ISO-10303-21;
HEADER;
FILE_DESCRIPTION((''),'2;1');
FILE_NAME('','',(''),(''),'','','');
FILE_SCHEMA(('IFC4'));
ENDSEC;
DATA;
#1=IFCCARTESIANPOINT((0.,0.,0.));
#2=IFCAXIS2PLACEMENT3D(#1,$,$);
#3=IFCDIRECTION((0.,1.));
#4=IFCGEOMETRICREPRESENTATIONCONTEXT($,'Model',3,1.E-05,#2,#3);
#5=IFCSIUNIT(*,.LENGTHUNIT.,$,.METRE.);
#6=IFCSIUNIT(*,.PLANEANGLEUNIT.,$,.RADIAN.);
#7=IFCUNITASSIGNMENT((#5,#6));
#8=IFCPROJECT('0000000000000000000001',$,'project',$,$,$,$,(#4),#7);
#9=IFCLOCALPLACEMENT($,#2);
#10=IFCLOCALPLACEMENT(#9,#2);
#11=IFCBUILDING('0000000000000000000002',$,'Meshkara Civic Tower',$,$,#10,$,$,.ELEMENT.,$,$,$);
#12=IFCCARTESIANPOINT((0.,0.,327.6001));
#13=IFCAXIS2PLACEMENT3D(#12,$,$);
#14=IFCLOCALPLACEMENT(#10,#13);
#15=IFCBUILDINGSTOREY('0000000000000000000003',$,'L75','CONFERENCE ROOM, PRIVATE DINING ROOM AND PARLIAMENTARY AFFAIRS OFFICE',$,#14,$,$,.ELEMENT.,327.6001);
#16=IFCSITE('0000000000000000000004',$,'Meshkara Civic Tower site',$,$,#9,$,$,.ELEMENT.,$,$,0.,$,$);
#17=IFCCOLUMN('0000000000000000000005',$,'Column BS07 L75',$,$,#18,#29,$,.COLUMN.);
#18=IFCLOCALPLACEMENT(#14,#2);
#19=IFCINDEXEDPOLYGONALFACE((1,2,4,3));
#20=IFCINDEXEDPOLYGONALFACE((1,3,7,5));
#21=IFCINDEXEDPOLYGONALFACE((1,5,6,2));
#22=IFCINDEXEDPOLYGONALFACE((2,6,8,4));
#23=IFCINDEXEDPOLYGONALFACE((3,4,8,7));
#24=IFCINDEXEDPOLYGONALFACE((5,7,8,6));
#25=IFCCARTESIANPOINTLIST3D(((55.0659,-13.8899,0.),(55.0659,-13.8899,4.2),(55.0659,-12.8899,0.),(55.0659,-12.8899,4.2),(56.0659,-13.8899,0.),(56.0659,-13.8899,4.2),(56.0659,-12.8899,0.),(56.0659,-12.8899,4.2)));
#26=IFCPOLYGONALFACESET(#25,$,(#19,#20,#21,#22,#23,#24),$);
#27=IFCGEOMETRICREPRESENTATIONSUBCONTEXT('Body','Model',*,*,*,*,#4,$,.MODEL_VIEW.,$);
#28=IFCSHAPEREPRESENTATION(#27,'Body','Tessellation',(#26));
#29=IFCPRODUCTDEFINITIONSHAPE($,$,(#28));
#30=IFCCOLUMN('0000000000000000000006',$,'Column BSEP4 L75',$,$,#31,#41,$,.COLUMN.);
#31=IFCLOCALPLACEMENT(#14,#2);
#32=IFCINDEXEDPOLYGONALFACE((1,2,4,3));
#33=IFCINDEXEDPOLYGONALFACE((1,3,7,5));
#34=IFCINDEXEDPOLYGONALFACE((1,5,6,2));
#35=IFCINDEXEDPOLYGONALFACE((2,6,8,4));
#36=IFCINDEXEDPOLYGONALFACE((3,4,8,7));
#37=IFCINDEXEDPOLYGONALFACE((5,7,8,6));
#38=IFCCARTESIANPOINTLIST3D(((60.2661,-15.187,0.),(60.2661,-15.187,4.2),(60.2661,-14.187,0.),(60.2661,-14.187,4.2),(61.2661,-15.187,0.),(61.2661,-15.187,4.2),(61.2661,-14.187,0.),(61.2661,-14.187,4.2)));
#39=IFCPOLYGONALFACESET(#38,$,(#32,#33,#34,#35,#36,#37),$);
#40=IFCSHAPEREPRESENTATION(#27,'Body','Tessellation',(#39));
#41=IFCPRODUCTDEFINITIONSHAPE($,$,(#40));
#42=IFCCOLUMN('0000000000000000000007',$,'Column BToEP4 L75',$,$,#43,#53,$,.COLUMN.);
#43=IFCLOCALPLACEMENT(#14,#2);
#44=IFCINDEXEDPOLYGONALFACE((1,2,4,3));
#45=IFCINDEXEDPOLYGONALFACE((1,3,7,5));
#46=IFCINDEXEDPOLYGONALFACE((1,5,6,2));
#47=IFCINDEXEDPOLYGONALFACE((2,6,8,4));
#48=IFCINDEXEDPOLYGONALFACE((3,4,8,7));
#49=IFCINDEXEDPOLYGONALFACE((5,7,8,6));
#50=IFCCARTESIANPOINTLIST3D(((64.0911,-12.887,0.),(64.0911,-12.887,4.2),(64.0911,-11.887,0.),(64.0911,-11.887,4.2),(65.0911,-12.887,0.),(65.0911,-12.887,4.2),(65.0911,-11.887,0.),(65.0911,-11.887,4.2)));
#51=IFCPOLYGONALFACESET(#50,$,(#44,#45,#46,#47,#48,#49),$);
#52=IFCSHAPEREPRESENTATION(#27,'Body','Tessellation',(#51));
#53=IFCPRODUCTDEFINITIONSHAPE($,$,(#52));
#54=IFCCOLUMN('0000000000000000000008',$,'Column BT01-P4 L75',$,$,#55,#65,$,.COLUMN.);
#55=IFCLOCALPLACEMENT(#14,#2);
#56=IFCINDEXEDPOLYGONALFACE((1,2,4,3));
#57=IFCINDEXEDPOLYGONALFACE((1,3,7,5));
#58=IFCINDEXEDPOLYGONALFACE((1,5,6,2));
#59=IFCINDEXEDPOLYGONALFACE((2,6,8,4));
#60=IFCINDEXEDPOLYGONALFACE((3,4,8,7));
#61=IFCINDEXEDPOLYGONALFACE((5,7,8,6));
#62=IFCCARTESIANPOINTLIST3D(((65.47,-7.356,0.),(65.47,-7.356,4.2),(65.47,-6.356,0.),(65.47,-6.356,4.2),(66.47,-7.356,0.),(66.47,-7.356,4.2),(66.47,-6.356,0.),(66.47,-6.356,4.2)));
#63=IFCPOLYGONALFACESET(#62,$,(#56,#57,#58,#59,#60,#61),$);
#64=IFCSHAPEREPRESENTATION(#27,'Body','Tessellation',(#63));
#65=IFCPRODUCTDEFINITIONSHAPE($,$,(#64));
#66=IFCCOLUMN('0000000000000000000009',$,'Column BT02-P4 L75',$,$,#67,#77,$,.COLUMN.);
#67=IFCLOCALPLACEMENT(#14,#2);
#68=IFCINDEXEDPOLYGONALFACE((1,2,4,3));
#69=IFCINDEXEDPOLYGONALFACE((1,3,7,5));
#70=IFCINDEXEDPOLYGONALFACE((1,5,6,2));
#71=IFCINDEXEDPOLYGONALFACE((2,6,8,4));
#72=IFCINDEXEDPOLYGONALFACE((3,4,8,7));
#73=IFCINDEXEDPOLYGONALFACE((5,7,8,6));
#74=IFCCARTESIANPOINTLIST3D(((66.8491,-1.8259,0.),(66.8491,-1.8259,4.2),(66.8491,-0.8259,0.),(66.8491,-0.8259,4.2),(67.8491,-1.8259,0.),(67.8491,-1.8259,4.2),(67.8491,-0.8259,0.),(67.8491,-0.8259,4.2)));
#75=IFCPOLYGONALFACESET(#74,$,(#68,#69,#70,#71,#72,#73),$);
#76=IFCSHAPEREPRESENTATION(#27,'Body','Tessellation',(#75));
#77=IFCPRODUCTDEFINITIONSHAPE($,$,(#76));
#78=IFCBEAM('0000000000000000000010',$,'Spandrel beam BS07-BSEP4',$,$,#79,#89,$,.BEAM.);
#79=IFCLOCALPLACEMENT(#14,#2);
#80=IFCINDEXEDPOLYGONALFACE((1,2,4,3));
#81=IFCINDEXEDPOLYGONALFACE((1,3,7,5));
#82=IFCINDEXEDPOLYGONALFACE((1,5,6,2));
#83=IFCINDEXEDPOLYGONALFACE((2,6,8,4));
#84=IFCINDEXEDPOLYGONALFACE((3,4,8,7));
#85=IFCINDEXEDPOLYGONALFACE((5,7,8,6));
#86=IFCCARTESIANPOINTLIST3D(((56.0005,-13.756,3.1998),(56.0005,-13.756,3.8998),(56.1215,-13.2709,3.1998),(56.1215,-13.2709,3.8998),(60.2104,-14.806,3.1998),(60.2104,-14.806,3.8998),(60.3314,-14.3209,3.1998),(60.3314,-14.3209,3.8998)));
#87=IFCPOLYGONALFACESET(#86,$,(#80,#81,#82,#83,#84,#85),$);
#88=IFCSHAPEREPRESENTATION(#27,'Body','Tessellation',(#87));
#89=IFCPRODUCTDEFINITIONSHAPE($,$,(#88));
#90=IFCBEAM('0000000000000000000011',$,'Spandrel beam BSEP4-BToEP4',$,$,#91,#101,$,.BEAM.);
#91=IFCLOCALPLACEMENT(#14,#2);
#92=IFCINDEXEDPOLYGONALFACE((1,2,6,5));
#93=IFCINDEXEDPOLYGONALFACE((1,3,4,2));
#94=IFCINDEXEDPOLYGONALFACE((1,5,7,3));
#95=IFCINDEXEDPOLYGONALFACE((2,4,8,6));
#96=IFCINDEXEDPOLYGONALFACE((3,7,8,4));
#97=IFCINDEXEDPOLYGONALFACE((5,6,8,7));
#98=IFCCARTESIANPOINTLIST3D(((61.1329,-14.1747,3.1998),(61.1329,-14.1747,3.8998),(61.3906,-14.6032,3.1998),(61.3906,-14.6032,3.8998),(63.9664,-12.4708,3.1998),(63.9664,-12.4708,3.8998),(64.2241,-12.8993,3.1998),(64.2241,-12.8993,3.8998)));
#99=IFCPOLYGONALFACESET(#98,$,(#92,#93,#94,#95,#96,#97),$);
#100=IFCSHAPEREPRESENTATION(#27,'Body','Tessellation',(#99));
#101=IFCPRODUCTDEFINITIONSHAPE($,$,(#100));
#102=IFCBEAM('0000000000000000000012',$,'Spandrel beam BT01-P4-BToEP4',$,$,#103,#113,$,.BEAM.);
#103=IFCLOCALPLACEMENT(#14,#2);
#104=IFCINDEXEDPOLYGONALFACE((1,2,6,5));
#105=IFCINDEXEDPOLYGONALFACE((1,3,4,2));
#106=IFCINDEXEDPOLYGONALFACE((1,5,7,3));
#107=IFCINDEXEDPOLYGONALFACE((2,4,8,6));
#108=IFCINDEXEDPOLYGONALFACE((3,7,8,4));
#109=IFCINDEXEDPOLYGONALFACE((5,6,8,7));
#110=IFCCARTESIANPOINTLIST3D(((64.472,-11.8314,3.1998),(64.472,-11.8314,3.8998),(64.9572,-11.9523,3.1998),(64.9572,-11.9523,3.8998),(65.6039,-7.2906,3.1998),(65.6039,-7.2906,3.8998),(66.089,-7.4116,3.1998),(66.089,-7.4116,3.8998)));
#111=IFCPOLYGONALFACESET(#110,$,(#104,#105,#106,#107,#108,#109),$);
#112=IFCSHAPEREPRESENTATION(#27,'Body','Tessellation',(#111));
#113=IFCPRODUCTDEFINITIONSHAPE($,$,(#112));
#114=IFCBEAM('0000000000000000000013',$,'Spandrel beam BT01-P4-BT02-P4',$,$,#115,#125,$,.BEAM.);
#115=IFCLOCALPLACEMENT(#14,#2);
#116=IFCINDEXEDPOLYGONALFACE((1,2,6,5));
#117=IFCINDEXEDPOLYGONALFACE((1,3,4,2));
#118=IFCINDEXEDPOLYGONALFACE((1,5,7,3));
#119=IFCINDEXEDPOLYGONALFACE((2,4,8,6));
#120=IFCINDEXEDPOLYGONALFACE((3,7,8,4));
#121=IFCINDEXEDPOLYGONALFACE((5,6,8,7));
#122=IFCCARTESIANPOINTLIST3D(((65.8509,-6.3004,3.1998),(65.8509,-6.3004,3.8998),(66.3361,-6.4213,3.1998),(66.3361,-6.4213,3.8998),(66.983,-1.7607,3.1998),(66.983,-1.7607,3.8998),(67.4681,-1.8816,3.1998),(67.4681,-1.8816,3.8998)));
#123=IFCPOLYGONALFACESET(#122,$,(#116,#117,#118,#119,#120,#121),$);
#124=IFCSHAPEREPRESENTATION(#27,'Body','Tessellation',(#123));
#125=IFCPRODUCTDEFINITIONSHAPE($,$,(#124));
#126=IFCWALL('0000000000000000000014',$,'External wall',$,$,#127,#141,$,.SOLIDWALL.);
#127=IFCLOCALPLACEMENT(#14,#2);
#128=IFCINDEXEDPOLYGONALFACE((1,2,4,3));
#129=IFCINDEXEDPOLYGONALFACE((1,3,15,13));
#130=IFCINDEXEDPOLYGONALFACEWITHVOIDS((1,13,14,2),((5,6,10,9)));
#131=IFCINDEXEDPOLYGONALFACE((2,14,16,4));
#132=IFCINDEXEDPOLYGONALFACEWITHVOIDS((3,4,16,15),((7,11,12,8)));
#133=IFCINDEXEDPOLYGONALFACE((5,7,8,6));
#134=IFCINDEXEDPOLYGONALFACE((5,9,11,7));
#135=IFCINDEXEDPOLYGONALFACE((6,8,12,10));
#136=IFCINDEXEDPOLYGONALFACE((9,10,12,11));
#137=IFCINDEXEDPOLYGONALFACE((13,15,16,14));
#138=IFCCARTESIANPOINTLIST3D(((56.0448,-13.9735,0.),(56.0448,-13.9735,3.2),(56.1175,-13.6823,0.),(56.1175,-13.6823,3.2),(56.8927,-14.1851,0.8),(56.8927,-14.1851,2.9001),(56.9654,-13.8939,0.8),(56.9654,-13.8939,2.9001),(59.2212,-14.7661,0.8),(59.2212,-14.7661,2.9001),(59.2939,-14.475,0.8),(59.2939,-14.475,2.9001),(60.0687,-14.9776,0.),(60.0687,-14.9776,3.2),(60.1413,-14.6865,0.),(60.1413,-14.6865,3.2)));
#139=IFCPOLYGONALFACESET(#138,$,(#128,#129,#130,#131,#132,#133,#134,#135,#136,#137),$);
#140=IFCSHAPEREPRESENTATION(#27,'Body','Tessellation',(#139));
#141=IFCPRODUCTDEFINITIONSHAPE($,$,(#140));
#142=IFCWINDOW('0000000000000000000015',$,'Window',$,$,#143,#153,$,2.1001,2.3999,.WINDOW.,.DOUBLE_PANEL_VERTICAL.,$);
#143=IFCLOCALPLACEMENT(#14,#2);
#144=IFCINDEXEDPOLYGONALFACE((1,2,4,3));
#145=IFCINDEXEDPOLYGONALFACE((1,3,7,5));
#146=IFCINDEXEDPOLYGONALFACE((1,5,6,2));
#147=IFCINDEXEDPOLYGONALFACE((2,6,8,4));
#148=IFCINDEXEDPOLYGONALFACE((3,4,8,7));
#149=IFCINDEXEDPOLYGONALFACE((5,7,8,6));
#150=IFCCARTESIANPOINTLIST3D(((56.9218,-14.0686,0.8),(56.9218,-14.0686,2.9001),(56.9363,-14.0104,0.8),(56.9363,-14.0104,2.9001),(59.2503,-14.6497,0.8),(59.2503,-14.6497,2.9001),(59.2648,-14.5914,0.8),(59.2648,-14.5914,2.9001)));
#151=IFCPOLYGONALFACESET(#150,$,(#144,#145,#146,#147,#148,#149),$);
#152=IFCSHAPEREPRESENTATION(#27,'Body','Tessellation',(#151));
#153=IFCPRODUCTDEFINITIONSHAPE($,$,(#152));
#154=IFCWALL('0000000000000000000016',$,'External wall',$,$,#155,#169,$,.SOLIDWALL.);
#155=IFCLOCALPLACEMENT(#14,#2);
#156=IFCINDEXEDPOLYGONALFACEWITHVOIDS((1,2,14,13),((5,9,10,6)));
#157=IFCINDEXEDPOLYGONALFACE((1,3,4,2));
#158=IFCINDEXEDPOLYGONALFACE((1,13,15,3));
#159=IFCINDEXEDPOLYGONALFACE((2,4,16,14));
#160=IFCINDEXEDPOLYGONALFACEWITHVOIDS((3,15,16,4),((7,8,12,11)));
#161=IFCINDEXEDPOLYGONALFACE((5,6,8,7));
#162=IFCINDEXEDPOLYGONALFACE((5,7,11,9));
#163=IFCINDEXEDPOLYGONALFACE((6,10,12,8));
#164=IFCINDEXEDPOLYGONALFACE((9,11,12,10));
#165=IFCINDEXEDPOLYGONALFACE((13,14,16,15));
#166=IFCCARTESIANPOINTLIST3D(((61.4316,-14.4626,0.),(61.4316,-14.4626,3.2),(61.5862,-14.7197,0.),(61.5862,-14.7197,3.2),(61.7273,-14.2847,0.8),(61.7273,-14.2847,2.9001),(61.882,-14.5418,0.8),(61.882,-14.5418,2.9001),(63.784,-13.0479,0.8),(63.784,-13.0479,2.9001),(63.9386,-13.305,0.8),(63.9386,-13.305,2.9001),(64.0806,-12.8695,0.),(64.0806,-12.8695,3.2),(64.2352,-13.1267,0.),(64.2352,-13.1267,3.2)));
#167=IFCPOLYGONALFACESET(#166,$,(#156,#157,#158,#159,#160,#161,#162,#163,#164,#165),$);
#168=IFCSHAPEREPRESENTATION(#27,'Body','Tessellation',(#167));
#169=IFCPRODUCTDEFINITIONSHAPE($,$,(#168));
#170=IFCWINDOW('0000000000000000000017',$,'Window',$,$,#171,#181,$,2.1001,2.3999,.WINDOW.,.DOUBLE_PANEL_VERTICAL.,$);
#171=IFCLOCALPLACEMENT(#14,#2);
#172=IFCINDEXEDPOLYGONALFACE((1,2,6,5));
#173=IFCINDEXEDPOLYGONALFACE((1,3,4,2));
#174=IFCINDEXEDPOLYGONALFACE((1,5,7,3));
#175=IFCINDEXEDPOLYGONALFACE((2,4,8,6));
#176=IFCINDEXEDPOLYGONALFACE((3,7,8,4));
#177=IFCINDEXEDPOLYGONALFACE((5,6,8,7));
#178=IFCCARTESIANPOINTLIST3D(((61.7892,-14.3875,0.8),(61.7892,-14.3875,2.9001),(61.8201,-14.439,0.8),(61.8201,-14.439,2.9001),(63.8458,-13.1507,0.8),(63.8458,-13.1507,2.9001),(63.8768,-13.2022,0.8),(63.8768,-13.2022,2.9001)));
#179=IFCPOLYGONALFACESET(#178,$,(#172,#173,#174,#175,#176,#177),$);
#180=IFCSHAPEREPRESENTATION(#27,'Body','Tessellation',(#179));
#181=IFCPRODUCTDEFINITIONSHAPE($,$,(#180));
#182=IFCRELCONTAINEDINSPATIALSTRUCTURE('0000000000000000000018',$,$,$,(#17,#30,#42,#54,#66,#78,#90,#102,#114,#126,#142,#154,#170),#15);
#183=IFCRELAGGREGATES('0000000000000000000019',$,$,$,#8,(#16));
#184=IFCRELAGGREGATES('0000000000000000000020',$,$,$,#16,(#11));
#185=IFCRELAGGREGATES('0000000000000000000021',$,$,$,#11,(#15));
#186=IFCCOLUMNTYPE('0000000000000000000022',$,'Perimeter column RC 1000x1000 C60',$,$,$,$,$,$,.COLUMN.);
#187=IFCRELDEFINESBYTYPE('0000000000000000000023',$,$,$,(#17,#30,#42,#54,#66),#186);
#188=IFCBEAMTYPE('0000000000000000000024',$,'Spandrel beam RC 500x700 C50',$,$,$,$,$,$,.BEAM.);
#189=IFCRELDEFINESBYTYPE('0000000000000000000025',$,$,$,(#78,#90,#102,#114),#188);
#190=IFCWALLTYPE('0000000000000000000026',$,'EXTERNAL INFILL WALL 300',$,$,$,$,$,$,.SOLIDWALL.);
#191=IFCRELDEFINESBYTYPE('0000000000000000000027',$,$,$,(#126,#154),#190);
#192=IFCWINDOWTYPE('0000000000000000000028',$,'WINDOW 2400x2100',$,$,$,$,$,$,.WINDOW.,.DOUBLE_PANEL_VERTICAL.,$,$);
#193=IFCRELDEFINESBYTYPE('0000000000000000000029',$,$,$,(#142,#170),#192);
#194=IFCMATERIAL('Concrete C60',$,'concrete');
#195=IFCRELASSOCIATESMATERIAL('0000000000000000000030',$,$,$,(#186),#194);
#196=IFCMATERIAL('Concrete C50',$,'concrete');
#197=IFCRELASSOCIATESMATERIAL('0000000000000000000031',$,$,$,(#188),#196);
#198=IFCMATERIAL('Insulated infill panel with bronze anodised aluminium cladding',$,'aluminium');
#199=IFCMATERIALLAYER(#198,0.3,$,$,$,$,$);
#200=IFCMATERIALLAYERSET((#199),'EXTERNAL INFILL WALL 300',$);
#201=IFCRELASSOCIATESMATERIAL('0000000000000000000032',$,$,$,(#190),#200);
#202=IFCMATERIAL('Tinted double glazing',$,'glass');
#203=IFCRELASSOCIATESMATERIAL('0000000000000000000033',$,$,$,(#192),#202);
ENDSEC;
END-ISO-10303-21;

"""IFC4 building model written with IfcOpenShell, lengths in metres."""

from ifc_helpers import new_model, si_unit, direction, frame, frame_2d, origin, origin_2d, place, context, subcontext, project, spatial, rectangle, extrude, material, layer, layer_set, material_profile, profile_set, type_object, element, fill, save


model = new_model("IFC4")

# Units and contexts
model_context = context("Model", 3, precision=1e-05, world=origin(), true_north=direction((0.0, 1.0)))
body_context = subcontext(model_context, "Body", "Model", "MODEL_VIEW")
ifc_project = project(units=[si_unit("LENGTHUNIT", "METRE"), si_unit("PLANEANGLEUNIT", "RADIAN")], contexts=[model_context])

# Site, building, storey
site_placement = place(None, origin())
site = spatial("IfcSite", under=ifc_project, at=site_placement, Name="Meshkara Civic Tower site", CompositionType="ELEMENT", RefElevation=0.0)
building_placement = place(site_placement, origin())
building = spatial("IfcBuilding", under=site, at=building_placement, Name="Meshkara Civic Tower", CompositionType="ELEMENT")
storey_placement = place(building_placement, frame((0.0, 0.0, 327.6001)))
storey = spatial("IfcBuildingStorey", under=building, at=storey_placement, Name="L75", Description="CONFERENCE ROOM, PRIVATE DINING ROOM AND PARLIAMENTARY AFFAIRS OFFICE", CompositionType="ELEMENT", Elevation=327.6001)

# Columns
ifc_material_1 = material(Name="Concrete C60", Category="concrete")
ifc_material_profile_1 = material_profile(ifc_material_1, rectangle(XDim=1.0, YDim=1.0, at=origin_2d()))
ifc_profile_set_1 = profile_set([ifc_material_profile_1], Name="Concrete C60")
column_type = type_object("IfcColumnType", Name="Perimeter column RC 1000x1000 C60", PredefinedType="COLUMN", material=ifc_profile_set_1)
for number, where, z_axis, x_axis, name in (
    (1, (55.5659, -13.3899, 0.0), (0.0, 0.0, 1.0), (1.0, 0.0, 0.0), "Column BS07 L75"),
    (2, (60.7661, -14.687, 0.0), (0.0, 0.0, 1.0), (1.0, 0.0, 0.0), "Column BSEP4 L75"),
    (3, (64.5911, -12.387, 0.0), (0.0, 0.0, 1.0), (1.0, 0.0, 0.0), "Column BToEP4 L75"),
    (4, (65.97, -6.856, 0.0), (0.0, 0.0, 1.0), (1.0, 0.0, 0.0), "Column BT01-P4 L75"),
    (5, (67.3491, -1.3259, 0.0), (0.0, 0.0, 1.0), (1.0, 0.0, 0.0), "Column BT02-P4 L75"),
):
    element("IfcColumn", number, at=place(storey_placement, frame(where, z_axis=z_axis, x_axis=x_axis)), inside=storey, type_object=column_type, Name=name, PredefinedType="COLUMN", context=body_context, shape_type="SweptSolid", body=[
        extrude(rectangle(XDim=1.0, YDim=1.0, at=origin_2d()), origin(), (0.0, 0.0, 1.0), 4.2),
    ])

# Beams
ifc_material_2 = material(Name="Concrete C50", Category="concrete")
ifc_material_profile_2 = material_profile(ifc_material_2, rectangle(XDim=0.5, YDim=0.7, at=origin_2d()))
ifc_profile_set_2 = profile_set([ifc_material_profile_2], Name="Concrete C50")
beam_type = type_object("IfcBeamType", Name="Spandrel beam RC 500x700 C50", PredefinedType="BEAM", material=ifc_profile_set_2)
beam_1_placement = place(storey_placement, frame((56.061, -13.5134, 3.5498), z_axis=(0.970275, -0.242006, 0.0), x_axis=(0.242006, 0.970275, 0.0)))
element("IfcBeam", 6, at=beam_1_placement, inside=storey, type_object=beam_type, Name="Spandrel beam BS07-BSEP4", PredefinedType="BEAM", context=body_context, shape_type="SweptSolid", body=[
    extrude(rectangle(XDim=0.5, YDim=0.7, at=origin_2d()), origin(), (0.0, 0.0, 1.0), 4.3389),
])
beam_2_placement = place(storey_placement, frame((61.2617, -14.3889, 3.5498), z_axis=(0.856991, 0.515332, 0.0), x_axis=(-0.515332, 0.856991, 0.0)))
element("IfcBeam", 7, at=beam_2_placement, inside=storey, type_object=beam_type, Name="Spandrel beam BSEP4-BToEP4", PredefinedType="BEAM", context=body_context, shape_type="SweptSolid", body=[
    extrude(rectangle(XDim=0.5, YDim=0.7, at=origin_2d()), origin(), (0.0, 0.0, 1.0), 3.3064),
])
beam_3_placement = place(storey_placement, frame((64.7146, -11.8918, 3.5498), z_axis=(0.24186, 0.970311, 0.0), x_axis=(-0.970311, 0.24186, 0.0)))
element("IfcBeam", 8, at=beam_3_placement, inside=storey, type_object=beam_type, Name="Spandrel beam BT01-P4-BToEP4", PredefinedType="BEAM", context=body_context, shape_type="SweptSolid", body=[
    extrude(rectangle(XDim=0.5, YDim=0.7, at=origin_2d()), origin(), (0.0, 0.0, 1.0), 4.6797),
])
beam_4_placement = place(storey_placement, frame((66.0935, -6.3608, 3.5498), z_axis=(0.241959, 0.970287, 0.0), x_axis=(-0.970287, 0.241959, 0.0)))
element("IfcBeam", 9, at=beam_4_placement, inside=storey, type_object=beam_type, Name="Spandrel beam BT01-P4-BT02-P4", PredefinedType="BEAM", context=body_context, shape_type="SweptSolid", body=[
    extrude(rectangle(XDim=0.5, YDim=0.7, at=origin_2d()), origin(), (0.0, 0.0, 1.0), 4.6787),
])

# Walls, openings, windows
ifc_material_3 = material(Name="Insulated infill panel with bronze anodised aluminium cladding", Category="aluminium")
ifc_layer_1 = layer(ifc_material_3, 0.3)
ifc_layer_set_1 = layer_set([ifc_layer_1], Name="EXTERNAL INFILL WALL 300")
wall_type_1 = type_object("IfcWallType", Name="EXTERNAL INFILL WALL 300", PredefinedType="SOLIDWALL", material=ifc_layer_set_1)
wall_1_placement = place(storey_placement, frame((56.0811, -13.8279, 0.0), z_axis=(0.0, 0.0, 1.0), x_axis=(0.970246, -0.24212, 0.0)))
wall_1 = element("IfcWall", 10, at=wall_1_placement, inside=storey, type_object=wall_type_1, Name="External wall", PredefinedType="SOLIDWALL", context=body_context, shape_type="SweptSolid", body=[
    extrude(rectangle(XDim=4.1472, YDim=0.3, at=frame_2d((2.0737, 0.0))), origin(), (0.0, 0.0, 1.0), 3.2),
])
opening_1_placement = place(wall_1_placement, frame((0.874, 0.0, 0.8)))
opening_1 = element("IfcOpeningElement", 11, at=opening_1_placement, cuts=wall_1, PredefinedType="OPENING", context=body_context, shape_type="SweptSolid", body=[
    extrude(rectangle(XDim=2.3999, YDim=2.1001, at=frame_2d((1.2, 1.05))), frame((0.0, 0.1599, 0.0), z_axis=(0.0, -1.0, 0.0), x_axis=(1.0, 0.0, 0.0)), (0.0, 0.0, 1.0), 0.3201),
])
ifc_material_4 = material(Name="Tinted double glazing", Category="glass")
window_type = type_object("IfcWindowType", Name="WINDOW 2400x2100", PartitioningType="DOUBLE_PANEL_VERTICAL", PredefinedType="WINDOW", material=ifc_material_4)
window_1_placement = place(opening_1_placement, origin())
window_1 = element("IfcWindow", 12, at=window_1_placement, inside=storey, type_object=window_type, Name="Window", OverallHeight=2.1001, OverallWidth=2.3999, PartitioningType="DOUBLE_PANEL_VERTICAL", PredefinedType="WINDOW", context=body_context, shape_type="SweptSolid", body=[
    extrude(rectangle(XDim=2.3999, YDim=2.1001, at=frame_2d((1.2, 1.05))), frame((0.0, 0.03, 0.0), z_axis=(0.0, -1.0, 0.0), x_axis=(1.0, 0.0, 0.0)), (0.0, 0.0, 1.0), 0.0601),
])
fill(opening_1, window_1)
wall_2_placement = place(storey_placement, frame((61.509, -14.5911, 0.0), z_axis=(0.0, 0.0, 1.0), x_axis=(0.85697, 0.515367, 0.0)))
wall_2 = element("IfcWall", 13, at=wall_2_placement, inside=storey, type_object=wall_type_1, Name="External wall", PredefinedType="SOLIDWALL", context=body_context, shape_type="SweptSolid", body=[
    extrude(rectangle(XDim=3.0911, YDim=0.3, at=frame_2d((1.5454, 0.0))), origin(), (0.0, 0.0, 1.0), 3.2),
])
opening_2_placement = place(wall_2_placement, frame((0.345, 0.0, 0.8)))
opening_2 = element("IfcOpeningElement", 14, at=opening_2_placement, cuts=wall_2, PredefinedType="OPENING", context=body_context, shape_type="SweptSolid", body=[
    extrude(rectangle(XDim=2.3999, YDim=2.1001, at=frame_2d((1.2, 1.05))), frame((0.0, 0.1599, 0.0), z_axis=(0.0, -1.0, 0.0), x_axis=(1.0, 0.0, 0.0)), (0.0, 0.0, 1.0), 0.3201),
])
window_2_placement = place(opening_2_placement, origin())
window_2 = element("IfcWindow", 15, at=window_2_placement, inside=storey, type_object=window_type, Name="Window", OverallHeight=2.1001, OverallWidth=2.3999, PartitioningType="DOUBLE_PANEL_VERTICAL", PredefinedType="WINDOW", context=body_context, shape_type="SweptSolid", body=[
    extrude(rectangle(XDim=2.3999, YDim=2.1001, at=frame_2d((1.2, 1.05))), frame((0.0, 0.03, 0.0), z_axis=(0.0, -1.0, 0.0), x_axis=(1.0, 0.0, 0.0)), (0.0, 0.0, 1.0), 0.0601),
])
fill(opening_2, window_2)

save(model, "model.ifc")
